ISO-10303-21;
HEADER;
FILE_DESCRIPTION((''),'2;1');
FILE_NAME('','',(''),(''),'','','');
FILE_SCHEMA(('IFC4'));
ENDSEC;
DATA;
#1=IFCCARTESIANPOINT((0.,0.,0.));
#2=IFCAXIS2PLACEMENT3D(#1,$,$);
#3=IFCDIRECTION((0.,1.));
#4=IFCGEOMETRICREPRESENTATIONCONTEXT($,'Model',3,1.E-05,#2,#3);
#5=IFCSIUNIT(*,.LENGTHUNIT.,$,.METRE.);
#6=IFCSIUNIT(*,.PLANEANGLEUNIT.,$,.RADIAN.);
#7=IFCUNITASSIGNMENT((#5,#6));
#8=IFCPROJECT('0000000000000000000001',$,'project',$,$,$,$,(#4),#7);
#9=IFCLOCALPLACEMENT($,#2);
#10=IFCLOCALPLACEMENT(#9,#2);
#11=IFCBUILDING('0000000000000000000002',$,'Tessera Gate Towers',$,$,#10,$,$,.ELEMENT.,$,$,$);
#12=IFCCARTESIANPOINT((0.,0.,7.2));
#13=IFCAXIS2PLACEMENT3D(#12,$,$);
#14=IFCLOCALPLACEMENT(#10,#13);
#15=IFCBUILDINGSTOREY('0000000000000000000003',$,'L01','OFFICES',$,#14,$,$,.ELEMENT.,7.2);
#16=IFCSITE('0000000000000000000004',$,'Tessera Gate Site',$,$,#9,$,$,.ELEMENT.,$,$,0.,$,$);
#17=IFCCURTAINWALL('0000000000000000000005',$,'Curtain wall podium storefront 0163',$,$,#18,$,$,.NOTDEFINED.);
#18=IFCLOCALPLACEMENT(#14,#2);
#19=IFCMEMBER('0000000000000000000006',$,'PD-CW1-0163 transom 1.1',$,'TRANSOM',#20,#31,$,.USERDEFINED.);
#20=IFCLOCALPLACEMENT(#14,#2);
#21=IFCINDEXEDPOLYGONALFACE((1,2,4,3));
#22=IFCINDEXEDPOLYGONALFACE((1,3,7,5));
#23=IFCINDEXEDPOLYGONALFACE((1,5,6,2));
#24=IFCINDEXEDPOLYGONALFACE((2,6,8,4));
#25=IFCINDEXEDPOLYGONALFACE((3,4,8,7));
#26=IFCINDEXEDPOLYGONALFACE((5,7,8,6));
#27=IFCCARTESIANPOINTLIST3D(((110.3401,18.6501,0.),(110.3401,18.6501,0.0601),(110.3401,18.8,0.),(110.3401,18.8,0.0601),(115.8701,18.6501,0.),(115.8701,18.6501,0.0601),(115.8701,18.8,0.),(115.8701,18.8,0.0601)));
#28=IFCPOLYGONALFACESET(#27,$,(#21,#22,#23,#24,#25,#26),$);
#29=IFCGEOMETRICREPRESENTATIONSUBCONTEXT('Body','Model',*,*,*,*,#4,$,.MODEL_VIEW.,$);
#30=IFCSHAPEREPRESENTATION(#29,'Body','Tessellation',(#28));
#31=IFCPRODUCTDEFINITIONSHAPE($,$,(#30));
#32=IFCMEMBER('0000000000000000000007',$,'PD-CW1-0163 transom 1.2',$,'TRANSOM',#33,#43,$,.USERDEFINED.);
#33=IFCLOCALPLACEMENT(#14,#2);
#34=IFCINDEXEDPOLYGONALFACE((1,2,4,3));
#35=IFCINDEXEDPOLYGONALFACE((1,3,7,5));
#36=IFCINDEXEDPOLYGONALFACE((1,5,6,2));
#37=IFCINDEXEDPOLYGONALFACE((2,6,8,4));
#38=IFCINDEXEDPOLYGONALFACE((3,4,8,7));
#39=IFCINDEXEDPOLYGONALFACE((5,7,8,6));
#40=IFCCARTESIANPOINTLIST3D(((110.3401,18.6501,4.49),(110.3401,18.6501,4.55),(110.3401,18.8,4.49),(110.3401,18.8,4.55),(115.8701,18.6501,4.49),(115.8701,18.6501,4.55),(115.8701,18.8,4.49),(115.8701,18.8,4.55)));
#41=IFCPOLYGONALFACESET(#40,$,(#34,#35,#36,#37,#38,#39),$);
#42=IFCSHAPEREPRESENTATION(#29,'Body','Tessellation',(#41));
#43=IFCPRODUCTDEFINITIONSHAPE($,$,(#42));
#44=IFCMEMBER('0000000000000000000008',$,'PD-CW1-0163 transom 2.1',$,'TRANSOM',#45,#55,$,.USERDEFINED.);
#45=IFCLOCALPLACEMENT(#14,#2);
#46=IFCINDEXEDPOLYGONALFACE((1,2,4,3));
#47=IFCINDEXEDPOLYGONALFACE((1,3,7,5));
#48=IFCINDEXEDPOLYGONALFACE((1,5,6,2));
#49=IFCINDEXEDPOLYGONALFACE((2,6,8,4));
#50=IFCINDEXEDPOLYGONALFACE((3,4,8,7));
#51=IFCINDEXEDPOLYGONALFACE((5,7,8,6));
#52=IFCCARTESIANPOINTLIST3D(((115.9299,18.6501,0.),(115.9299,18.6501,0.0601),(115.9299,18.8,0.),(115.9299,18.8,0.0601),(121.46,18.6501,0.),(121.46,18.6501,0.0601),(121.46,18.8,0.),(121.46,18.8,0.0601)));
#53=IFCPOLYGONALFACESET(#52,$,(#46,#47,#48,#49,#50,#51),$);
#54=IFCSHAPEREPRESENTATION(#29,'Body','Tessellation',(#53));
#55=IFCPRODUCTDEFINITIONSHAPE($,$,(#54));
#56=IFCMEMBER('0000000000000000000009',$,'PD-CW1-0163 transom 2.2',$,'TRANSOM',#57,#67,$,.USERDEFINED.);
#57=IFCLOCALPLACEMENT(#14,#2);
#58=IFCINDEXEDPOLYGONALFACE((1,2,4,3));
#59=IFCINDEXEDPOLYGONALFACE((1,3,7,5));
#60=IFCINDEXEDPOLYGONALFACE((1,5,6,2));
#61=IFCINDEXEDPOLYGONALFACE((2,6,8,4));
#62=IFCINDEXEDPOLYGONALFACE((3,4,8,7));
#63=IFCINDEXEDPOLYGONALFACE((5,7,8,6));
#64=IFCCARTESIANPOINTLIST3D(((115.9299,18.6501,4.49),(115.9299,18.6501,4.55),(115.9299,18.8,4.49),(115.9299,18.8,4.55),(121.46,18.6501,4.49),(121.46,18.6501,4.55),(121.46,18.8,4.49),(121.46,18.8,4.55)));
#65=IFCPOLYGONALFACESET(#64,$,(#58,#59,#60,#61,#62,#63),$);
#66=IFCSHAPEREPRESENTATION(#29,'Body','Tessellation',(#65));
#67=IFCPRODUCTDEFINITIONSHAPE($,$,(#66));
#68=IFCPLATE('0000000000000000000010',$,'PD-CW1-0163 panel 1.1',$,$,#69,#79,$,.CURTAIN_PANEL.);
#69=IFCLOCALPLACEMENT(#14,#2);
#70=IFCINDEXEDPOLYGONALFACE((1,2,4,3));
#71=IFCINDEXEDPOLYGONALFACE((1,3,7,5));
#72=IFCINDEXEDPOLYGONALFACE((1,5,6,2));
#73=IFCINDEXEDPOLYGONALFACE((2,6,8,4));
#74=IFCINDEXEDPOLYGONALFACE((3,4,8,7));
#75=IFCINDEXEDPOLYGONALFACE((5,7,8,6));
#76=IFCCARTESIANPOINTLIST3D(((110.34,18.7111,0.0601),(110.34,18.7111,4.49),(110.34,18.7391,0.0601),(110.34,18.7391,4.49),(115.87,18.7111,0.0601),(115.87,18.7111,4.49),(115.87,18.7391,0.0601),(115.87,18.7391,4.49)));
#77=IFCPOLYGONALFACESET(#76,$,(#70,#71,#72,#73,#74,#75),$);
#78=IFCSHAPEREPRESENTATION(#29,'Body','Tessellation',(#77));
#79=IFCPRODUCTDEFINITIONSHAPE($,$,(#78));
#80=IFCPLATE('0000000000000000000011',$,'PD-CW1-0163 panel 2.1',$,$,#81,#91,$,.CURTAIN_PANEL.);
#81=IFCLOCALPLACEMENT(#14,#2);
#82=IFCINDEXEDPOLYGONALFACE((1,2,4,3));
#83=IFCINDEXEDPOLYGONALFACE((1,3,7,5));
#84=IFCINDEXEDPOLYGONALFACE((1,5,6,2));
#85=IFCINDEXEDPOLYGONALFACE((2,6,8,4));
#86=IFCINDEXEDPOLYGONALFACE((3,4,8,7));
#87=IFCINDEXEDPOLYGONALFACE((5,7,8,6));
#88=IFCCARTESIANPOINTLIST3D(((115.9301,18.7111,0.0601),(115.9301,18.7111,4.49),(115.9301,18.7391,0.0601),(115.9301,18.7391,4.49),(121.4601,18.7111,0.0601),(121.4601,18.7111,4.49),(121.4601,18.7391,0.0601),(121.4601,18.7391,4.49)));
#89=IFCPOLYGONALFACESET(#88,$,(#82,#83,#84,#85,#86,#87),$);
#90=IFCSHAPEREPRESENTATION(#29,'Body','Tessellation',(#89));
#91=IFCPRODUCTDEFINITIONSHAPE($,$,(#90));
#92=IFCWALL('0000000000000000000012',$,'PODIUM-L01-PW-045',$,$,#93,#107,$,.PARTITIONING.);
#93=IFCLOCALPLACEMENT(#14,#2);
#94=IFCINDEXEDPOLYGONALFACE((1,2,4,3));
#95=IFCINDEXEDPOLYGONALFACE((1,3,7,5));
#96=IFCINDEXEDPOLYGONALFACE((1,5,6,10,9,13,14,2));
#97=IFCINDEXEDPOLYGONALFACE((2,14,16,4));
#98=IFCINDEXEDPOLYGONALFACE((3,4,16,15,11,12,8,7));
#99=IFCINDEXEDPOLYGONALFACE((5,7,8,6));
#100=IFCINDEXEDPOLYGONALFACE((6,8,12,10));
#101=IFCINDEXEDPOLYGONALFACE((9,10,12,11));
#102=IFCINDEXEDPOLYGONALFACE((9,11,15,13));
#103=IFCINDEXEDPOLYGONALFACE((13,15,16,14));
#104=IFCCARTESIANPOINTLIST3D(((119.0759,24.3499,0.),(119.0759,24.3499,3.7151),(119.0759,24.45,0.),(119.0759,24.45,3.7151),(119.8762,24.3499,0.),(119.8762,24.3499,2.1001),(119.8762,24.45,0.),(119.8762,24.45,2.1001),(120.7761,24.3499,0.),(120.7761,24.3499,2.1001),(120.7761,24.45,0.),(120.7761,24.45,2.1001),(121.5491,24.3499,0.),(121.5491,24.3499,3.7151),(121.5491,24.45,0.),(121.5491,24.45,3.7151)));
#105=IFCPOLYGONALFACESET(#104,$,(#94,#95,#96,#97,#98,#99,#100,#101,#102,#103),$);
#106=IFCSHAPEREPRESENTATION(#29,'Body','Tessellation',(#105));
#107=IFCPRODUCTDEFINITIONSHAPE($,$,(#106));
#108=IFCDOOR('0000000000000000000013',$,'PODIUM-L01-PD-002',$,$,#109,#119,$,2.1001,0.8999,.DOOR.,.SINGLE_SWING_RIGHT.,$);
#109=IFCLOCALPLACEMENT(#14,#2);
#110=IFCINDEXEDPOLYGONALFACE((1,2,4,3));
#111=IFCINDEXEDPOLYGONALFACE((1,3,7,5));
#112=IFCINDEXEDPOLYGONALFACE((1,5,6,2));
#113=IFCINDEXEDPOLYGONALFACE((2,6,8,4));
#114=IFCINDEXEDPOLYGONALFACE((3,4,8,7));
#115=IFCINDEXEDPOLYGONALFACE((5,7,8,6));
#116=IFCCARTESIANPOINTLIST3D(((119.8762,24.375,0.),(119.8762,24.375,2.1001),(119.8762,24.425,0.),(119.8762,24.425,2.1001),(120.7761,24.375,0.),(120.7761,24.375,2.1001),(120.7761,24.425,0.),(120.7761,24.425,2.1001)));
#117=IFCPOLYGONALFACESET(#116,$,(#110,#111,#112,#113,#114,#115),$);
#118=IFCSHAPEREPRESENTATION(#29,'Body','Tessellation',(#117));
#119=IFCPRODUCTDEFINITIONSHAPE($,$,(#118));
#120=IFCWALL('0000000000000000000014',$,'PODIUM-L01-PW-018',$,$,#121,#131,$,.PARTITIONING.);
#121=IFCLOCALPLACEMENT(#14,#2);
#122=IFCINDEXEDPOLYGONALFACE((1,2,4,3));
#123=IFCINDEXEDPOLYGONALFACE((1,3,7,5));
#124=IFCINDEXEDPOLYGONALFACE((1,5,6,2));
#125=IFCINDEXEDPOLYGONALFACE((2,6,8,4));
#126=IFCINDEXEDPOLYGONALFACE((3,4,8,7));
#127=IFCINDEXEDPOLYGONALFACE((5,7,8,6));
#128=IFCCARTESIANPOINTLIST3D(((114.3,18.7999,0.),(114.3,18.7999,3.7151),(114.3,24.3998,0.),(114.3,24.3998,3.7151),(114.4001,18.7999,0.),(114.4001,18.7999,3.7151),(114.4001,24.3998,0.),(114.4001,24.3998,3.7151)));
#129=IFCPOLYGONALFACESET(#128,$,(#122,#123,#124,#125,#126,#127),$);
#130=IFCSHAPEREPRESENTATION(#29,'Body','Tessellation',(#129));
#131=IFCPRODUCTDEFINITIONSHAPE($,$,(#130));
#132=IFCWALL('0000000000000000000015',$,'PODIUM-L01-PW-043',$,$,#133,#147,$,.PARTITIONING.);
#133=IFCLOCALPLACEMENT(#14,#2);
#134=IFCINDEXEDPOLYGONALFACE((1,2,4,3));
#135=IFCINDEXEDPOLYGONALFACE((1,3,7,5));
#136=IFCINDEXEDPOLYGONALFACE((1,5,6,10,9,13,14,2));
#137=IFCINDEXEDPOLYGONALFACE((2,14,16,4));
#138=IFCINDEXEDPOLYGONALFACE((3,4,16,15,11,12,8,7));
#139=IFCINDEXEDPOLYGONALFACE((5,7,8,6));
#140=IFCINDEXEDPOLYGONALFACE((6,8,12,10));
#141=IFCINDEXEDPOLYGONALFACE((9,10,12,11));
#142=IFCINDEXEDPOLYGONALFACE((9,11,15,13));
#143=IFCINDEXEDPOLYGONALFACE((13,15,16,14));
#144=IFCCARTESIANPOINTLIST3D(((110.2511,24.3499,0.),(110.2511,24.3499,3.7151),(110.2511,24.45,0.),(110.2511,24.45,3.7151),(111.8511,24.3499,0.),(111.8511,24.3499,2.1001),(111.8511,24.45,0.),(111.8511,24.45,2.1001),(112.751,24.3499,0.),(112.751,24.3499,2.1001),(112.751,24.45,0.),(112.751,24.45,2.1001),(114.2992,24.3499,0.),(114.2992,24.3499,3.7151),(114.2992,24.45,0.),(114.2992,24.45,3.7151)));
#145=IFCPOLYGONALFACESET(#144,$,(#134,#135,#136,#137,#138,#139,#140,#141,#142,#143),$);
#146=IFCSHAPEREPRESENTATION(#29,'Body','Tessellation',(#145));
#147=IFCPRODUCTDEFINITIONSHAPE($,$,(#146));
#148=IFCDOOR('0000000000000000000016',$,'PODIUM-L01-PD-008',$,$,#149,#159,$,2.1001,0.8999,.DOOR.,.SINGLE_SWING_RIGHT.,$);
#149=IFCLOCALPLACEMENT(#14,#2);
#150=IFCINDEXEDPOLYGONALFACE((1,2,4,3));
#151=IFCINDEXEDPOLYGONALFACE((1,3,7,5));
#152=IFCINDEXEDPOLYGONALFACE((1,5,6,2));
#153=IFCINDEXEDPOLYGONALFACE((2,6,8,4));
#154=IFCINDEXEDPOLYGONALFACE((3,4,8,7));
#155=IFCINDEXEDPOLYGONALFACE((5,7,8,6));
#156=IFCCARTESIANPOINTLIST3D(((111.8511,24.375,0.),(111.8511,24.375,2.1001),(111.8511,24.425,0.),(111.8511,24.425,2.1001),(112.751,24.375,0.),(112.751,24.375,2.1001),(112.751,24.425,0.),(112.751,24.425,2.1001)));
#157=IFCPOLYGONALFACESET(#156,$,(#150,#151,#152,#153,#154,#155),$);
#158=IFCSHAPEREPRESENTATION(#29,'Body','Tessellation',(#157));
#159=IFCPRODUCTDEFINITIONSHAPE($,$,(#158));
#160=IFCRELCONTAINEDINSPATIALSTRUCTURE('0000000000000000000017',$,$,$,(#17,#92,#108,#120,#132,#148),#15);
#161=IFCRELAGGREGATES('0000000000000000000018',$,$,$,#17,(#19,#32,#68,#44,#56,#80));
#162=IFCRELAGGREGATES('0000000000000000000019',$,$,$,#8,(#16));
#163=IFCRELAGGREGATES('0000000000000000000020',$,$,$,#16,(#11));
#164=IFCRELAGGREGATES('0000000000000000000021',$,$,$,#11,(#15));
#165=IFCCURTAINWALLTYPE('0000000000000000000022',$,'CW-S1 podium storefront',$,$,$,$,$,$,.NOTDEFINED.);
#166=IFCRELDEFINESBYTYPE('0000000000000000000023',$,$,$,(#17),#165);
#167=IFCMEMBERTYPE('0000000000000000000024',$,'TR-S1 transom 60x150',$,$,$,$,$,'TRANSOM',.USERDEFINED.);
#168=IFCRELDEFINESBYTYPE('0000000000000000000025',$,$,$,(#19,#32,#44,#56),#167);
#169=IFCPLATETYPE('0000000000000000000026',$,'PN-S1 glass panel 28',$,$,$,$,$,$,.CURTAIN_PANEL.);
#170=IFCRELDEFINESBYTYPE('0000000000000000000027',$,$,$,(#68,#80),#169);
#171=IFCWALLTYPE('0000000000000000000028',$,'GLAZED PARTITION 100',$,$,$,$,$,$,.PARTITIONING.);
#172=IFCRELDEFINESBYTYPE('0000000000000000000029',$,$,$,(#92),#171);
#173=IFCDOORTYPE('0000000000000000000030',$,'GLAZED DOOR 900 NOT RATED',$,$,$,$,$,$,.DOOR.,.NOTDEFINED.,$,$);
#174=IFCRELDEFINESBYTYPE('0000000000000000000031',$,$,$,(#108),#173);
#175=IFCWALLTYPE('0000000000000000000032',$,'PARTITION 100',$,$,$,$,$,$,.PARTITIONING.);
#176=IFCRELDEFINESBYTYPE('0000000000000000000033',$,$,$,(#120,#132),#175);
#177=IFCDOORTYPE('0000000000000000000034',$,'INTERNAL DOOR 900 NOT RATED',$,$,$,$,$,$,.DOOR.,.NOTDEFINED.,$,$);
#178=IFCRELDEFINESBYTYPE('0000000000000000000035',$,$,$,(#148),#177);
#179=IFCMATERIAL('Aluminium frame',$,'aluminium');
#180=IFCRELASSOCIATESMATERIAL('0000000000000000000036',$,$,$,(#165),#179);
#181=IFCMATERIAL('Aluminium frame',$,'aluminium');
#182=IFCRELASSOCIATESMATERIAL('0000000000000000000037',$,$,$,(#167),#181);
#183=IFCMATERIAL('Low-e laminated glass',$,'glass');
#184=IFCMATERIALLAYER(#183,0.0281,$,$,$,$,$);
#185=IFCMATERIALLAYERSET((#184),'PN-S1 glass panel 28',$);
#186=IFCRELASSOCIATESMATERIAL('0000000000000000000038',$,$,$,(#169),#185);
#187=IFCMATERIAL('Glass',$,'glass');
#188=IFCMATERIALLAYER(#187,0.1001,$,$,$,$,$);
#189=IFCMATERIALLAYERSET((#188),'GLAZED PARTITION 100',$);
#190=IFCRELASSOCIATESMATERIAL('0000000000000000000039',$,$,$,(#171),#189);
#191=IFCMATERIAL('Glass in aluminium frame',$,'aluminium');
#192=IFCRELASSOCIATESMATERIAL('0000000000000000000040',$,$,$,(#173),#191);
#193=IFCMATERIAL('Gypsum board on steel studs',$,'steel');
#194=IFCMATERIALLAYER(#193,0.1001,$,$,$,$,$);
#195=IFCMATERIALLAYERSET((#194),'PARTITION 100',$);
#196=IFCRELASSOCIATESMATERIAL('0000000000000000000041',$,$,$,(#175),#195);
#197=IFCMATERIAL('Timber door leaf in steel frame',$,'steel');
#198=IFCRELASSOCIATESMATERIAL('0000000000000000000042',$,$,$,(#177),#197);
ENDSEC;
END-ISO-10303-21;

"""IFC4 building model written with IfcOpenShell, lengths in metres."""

from ifc_helpers import new_model, si_unit, direction, frame, frame_2d, origin, origin_2d, place, context, subcontext, project, spatial, rectangle, extrude, source, transform, mapped, material, layer, layer_set, material_profile, profile_set, type_object, element, fill, aggregate, save


model = new_model("IFC4")

# Units and contexts
model_context = context("Model", 3, precision=1e-05, world=origin(), true_north=direction((0.0, 1.0)))
body_context = subcontext(model_context, "Body", "Model", "MODEL_VIEW")
ifc_project = project(units=[si_unit("LENGTHUNIT", "METRE"), si_unit("PLANEANGLEUNIT", "RADIAN")], contexts=[model_context])

# Site, building, storey
site_placement = place(None, origin())
site = spatial("IfcSite", under=ifc_project, at=site_placement, Name="Tessera Gate Site", CompositionType="ELEMENT", RefElevation=0.0)
building_placement = place(site_placement, origin())
building = spatial("IfcBuilding", under=site, at=building_placement, Name="Tessera Gate Towers", CompositionType="ELEMENT")
storey_placement = place(building_placement, frame((0.0, 0.0, 7.2)))
storey = spatial("IfcBuildingStorey", under=building, at=storey_placement, Name="L01", Description="OFFICES", CompositionType="ELEMENT", Elevation=7.2)

# Curtain wall, members, plates
ifc_material_1 = material(Name="Aluminium frame", Category="aluminium")
curtain_wall_type = type_object("IfcCurtainWallType", Name="CW-S1 podium storefront", PredefinedType="NOTDEFINED", material=ifc_material_1)
curtain_wall_placement = place(storey_placement, origin())
curtain_wall = element("IfcCurtainWall", 1, at=curtain_wall_placement, inside=storey, type_object=curtain_wall_type, Name="Curtain wall podium storefront 0163", PredefinedType="NOTDEFINED")
ifc_material_2 = material(Name="Aluminium frame", Category="aluminium")
ifc_material_profile_1 = material_profile(ifc_material_2, rectangle(XDim=0.1499, YDim=0.0601, at=origin_2d()), Name="AL 60x150")
ifc_profile_set_1 = profile_set([ifc_material_profile_1], Name="Aluminium frame")
member_type_1 = type_object("IfcMemberType", Name="TR-S1 transom 60x150", ElementType="TRANSOM", PredefinedType="USERDEFINED", material=ifc_profile_set_1)
member_1_placement = place(storey_placement, frame((110.3401, 18.7251, 0.03), z_axis=(1.0, 0.0, 0.0), x_axis=(0.0, 1.0, 0.0)))
member_1 = element("IfcMember", 2, at=member_1_placement, type_object=member_type_1, Name="PD-CW1-0163 transom 1.1", ObjectType="TRANSOM", PredefinedType="USERDEFINED", context=body_context, shape_type="SweptSolid", body=[
    extrude(rectangle(XDim=0.1499, YDim=0.0601, at=origin_2d()), origin(), (0.0, 0.0, 1.0), 5.53),
])
member_2_placement = place(storey_placement, frame((110.3401, 18.7251, 4.52), z_axis=(1.0, 0.0, 0.0), x_axis=(0.0, 1.0, 0.0)))
member_2 = element("IfcMember", 3, at=member_2_placement, type_object=member_type_1, Name="PD-CW1-0163 transom 1.2", ObjectType="TRANSOM", PredefinedType="USERDEFINED", context=body_context, shape_type="SweptSolid", body=[
    extrude(rectangle(XDim=0.1499, YDim=0.0601, at=origin_2d()), origin(), (0.0, 0.0, 1.0), 5.53),
])
member_3_placement = place(storey_placement, frame((115.9299, 18.7251, 0.03), z_axis=(1.0, 0.0, 0.0), x_axis=(0.0, 1.0, 0.0)))
member_3 = element("IfcMember", 4, at=member_3_placement, type_object=member_type_1, Name="PD-CW1-0163 transom 2.1", ObjectType="TRANSOM", PredefinedType="USERDEFINED", context=body_context, shape_type="SweptSolid", body=[
    extrude(rectangle(XDim=0.1499, YDim=0.0601, at=origin_2d()), origin(), (0.0, 0.0, 1.0), 5.53),
])
member_4_placement = place(storey_placement, frame((115.9299, 18.7251, 4.52), z_axis=(1.0, 0.0, 0.0), x_axis=(0.0, 1.0, 0.0)))
member_4 = element("IfcMember", 5, at=member_4_placement, type_object=member_type_1, Name="PD-CW1-0163 transom 2.2", ObjectType="TRANSOM", PredefinedType="USERDEFINED", context=body_context, shape_type="SweptSolid", body=[
    extrude(rectangle(XDim=0.1499, YDim=0.0601, at=origin_2d()), origin(), (0.0, 0.0, 1.0), 5.53),
])
ifc_material_3 = material(Name="Low-e laminated glass", Category="glass")
ifc_layer_1 = layer(ifc_material_3, 0.0281)
ifc_layer_set_1 = layer_set([ifc_layer_1], Name="PN-S1 glass panel 28")
plate_type = type_object("IfcPlateType", Name="PN-S1 glass panel 28", PredefinedType="CURTAIN_PANEL", material=ifc_layer_set_1)
plate_1_placement = place(storey_placement, frame((113.105, 18.7251, 0.0601), z_axis=(0.0, 0.0, 1.0), x_axis=(1.0, 0.0, 0.0)))
plate_1 = element("IfcPlate", 6, at=plate_1_placement, type_object=plate_type, Name="PD-CW1-0163 panel 1.1", PredefinedType="CURTAIN_PANEL", context=body_context, shape_type="SweptSolid", body=[
    extrude(rectangle(XDim=5.53, YDim=0.0281, at=origin_2d()), origin(), (0.0, 0.0, 1.0), 4.4299),
])
plate_2_placement = place(storey_placement, frame((118.6951, 18.7251, 0.0601), z_axis=(0.0, 0.0, 1.0), x_axis=(1.0, 0.0, 0.0)))
plate_2 = element("IfcPlate", 7, at=plate_2_placement, type_object=plate_type, Name="PD-CW1-0163 panel 2.1", PredefinedType="CURTAIN_PANEL", context=body_context, shape_type="SweptSolid", body=[
    extrude(rectangle(XDim=5.53, YDim=0.0281, at=origin_2d()), origin(), (0.0, 0.0, 1.0), 4.4299),
])
aggregate(curtain_wall, [member_1, member_2, plate_1, member_3, member_4, plate_2])

# Wall, opening, door
ifc_material_4 = material(Name="Glass", Category="glass")
ifc_layer_2 = layer(ifc_material_4, 0.1001)
ifc_layer_set_2 = layer_set([ifc_layer_2], Name="GLAZED PARTITION 100")
wall_type_1 = type_object("IfcWallType", Name="GLAZED PARTITION 100", PredefinedType="PARTITIONING", material=ifc_layer_set_2)
wall_1_placement = place(storey_placement, frame((121.5491, 24.3999, 0.0), z_axis=(0.0, 0.0, 1.0), x_axis=(-1.0, 0.0, 0.0)))
wall_1 = element("IfcWall", 8, at=wall_1_placement, inside=storey, type_object=wall_type_1, Name="PODIUM-L01-PW-045", PredefinedType="PARTITIONING", context=body_context, shape_type="SweptSolid", body=[
    extrude(rectangle(XDim=2.4731, YDim=0.1001, at=frame_2d((1.2366, 0.0))), origin(), (0.0, 0.0, 1.0), 3.7151),
])
shared_shape_1 = source(origin(), body_context, "Body", "SweptSolid", [
    extrude(rectangle(XDim=0.8999, YDim=2.1001, at=frame_2d((0.45, 1.05))), frame((0.0, 0.0601, 0.0), z_axis=(0.0, -1.0, 0.0), x_axis=(1.0, 0.0, 0.0)), (0.0, 0.0, 1.0), 0.1201),
])
opening_1_placement = place(wall_1_placement, frame((0.7729, 0.0, 0.0)))
opening_1 = element("IfcOpeningElement", 9, at=opening_1_placement, cuts=wall_1, PredefinedType="OPENING", context=body_context, shape_type="MappedRepresentation", body=[
    mapped(shared_shape_1, transform((0.0, 0.0, 0.0), scale=1.0)),
])
ifc_material_5 = material(Name="Glass in aluminium frame", Category="aluminium")
door_type_1 = type_object("IfcDoorType", Name="GLAZED DOOR 900 NOT RATED", OperationType="NOTDEFINED", PredefinedType="DOOR", material=ifc_material_5)
shared_shape_2 = source(origin(), body_context, "Body", "SweptSolid", [
    extrude(rectangle(XDim=0.8999, YDim=2.1001, at=frame_2d((0.45, 1.05))), frame((0.0, 0.0249, 0.0), z_axis=(0.0, -1.0, 0.0), x_axis=(1.0, 0.0, 0.0)), (0.0, 0.0, 1.0), 0.05),
])
door_1_placement = place(opening_1_placement, origin())
door_1 = element("IfcDoor", 10, at=door_1_placement, inside=storey, type_object=door_type_1, Name="PODIUM-L01-PD-002", OperationType="SINGLE_SWING_RIGHT", OverallHeight=2.1001, OverallWidth=0.8999, PredefinedType="DOOR", context=body_context, shape_type="MappedRepresentation", body=[
    mapped(shared_shape_2, transform((0.0, 0.0, 0.0), scale=1.0)),
])
fill(opening_1, door_1)

# Wall
ifc_material_6 = material(Name="Gypsum board on steel studs", Category="steel")
ifc_layer_3 = layer(ifc_material_6, 0.1001)
ifc_layer_set_3 = layer_set([ifc_layer_3], Name="PARTITION 100")
wall_type_2 = type_object("IfcWallType", Name="PARTITION 100", PredefinedType="PARTITIONING", material=ifc_layer_set_3)
wall_2_placement = place(storey_placement, frame((114.3501, 18.8, 0.0), z_axis=(0.0, 0.0, 1.0), x_axis=(0.0, 1.0, 0.0)))
element("IfcWall", 11, at=wall_2_placement, inside=storey, type_object=wall_type_2, Name="PODIUM-L01-PW-018", PredefinedType="PARTITIONING", context=body_context, shape_type="SweptSolid", body=[
    extrude(rectangle(XDim=5.5999, YDim=0.1001, at=frame_2d((2.7998, 0.0))), origin(), (0.0, 0.0, 1.0), 3.7151),
])

# Wall, opening, door
wall_3_placement = place(storey_placement, frame((114.2991, 24.3999, 0.0), z_axis=(0.0, 0.0, 1.0), x_axis=(-1.0, 0.0, 0.0)))
wall_3 = element("IfcWall", 12, at=wall_3_placement, inside=storey, type_object=wall_type_2, Name="PODIUM-L01-PW-043", PredefinedType="PARTITIONING", context=body_context, shape_type="SweptSolid", body=[
    extrude(rectangle(XDim=4.0481, YDim=0.1001, at=frame_2d((2.0239, 0.0))), origin(), (0.0, 0.0, 1.0), 3.7151),
])
opening_2_placement = place(wall_3_placement, frame((1.5481, 0.0, 0.0)))
opening_2 = element("IfcOpeningElement", 13, at=opening_2_placement, cuts=wall_3, PredefinedType="OPENING", context=body_context, shape_type="MappedRepresentation", body=[
    mapped(shared_shape_1, transform((0.0, 0.0, 0.0), scale=1.0)),
])
ifc_material_7 = material(Name="Timber door leaf in steel frame", Category="steel")
door_type_2 = type_object("IfcDoorType", Name="INTERNAL DOOR 900 NOT RATED", OperationType="NOTDEFINED", PredefinedType="DOOR", material=ifc_material_7)
door_2_placement = place(opening_2_placement, origin())
door_2 = element("IfcDoor", 14, at=door_2_placement, inside=storey, type_object=door_type_2, Name="PODIUM-L01-PD-008", OperationType="SINGLE_SWING_RIGHT", OverallHeight=2.1001, OverallWidth=0.8999, PredefinedType="DOOR", context=body_context, shape_type="MappedRepresentation", body=[
    mapped(shared_shape_2, transform((0.0, 0.0, 0.0), scale=1.0)),
])
fill(opening_2, door_2)

save(model, "model.ifc")
